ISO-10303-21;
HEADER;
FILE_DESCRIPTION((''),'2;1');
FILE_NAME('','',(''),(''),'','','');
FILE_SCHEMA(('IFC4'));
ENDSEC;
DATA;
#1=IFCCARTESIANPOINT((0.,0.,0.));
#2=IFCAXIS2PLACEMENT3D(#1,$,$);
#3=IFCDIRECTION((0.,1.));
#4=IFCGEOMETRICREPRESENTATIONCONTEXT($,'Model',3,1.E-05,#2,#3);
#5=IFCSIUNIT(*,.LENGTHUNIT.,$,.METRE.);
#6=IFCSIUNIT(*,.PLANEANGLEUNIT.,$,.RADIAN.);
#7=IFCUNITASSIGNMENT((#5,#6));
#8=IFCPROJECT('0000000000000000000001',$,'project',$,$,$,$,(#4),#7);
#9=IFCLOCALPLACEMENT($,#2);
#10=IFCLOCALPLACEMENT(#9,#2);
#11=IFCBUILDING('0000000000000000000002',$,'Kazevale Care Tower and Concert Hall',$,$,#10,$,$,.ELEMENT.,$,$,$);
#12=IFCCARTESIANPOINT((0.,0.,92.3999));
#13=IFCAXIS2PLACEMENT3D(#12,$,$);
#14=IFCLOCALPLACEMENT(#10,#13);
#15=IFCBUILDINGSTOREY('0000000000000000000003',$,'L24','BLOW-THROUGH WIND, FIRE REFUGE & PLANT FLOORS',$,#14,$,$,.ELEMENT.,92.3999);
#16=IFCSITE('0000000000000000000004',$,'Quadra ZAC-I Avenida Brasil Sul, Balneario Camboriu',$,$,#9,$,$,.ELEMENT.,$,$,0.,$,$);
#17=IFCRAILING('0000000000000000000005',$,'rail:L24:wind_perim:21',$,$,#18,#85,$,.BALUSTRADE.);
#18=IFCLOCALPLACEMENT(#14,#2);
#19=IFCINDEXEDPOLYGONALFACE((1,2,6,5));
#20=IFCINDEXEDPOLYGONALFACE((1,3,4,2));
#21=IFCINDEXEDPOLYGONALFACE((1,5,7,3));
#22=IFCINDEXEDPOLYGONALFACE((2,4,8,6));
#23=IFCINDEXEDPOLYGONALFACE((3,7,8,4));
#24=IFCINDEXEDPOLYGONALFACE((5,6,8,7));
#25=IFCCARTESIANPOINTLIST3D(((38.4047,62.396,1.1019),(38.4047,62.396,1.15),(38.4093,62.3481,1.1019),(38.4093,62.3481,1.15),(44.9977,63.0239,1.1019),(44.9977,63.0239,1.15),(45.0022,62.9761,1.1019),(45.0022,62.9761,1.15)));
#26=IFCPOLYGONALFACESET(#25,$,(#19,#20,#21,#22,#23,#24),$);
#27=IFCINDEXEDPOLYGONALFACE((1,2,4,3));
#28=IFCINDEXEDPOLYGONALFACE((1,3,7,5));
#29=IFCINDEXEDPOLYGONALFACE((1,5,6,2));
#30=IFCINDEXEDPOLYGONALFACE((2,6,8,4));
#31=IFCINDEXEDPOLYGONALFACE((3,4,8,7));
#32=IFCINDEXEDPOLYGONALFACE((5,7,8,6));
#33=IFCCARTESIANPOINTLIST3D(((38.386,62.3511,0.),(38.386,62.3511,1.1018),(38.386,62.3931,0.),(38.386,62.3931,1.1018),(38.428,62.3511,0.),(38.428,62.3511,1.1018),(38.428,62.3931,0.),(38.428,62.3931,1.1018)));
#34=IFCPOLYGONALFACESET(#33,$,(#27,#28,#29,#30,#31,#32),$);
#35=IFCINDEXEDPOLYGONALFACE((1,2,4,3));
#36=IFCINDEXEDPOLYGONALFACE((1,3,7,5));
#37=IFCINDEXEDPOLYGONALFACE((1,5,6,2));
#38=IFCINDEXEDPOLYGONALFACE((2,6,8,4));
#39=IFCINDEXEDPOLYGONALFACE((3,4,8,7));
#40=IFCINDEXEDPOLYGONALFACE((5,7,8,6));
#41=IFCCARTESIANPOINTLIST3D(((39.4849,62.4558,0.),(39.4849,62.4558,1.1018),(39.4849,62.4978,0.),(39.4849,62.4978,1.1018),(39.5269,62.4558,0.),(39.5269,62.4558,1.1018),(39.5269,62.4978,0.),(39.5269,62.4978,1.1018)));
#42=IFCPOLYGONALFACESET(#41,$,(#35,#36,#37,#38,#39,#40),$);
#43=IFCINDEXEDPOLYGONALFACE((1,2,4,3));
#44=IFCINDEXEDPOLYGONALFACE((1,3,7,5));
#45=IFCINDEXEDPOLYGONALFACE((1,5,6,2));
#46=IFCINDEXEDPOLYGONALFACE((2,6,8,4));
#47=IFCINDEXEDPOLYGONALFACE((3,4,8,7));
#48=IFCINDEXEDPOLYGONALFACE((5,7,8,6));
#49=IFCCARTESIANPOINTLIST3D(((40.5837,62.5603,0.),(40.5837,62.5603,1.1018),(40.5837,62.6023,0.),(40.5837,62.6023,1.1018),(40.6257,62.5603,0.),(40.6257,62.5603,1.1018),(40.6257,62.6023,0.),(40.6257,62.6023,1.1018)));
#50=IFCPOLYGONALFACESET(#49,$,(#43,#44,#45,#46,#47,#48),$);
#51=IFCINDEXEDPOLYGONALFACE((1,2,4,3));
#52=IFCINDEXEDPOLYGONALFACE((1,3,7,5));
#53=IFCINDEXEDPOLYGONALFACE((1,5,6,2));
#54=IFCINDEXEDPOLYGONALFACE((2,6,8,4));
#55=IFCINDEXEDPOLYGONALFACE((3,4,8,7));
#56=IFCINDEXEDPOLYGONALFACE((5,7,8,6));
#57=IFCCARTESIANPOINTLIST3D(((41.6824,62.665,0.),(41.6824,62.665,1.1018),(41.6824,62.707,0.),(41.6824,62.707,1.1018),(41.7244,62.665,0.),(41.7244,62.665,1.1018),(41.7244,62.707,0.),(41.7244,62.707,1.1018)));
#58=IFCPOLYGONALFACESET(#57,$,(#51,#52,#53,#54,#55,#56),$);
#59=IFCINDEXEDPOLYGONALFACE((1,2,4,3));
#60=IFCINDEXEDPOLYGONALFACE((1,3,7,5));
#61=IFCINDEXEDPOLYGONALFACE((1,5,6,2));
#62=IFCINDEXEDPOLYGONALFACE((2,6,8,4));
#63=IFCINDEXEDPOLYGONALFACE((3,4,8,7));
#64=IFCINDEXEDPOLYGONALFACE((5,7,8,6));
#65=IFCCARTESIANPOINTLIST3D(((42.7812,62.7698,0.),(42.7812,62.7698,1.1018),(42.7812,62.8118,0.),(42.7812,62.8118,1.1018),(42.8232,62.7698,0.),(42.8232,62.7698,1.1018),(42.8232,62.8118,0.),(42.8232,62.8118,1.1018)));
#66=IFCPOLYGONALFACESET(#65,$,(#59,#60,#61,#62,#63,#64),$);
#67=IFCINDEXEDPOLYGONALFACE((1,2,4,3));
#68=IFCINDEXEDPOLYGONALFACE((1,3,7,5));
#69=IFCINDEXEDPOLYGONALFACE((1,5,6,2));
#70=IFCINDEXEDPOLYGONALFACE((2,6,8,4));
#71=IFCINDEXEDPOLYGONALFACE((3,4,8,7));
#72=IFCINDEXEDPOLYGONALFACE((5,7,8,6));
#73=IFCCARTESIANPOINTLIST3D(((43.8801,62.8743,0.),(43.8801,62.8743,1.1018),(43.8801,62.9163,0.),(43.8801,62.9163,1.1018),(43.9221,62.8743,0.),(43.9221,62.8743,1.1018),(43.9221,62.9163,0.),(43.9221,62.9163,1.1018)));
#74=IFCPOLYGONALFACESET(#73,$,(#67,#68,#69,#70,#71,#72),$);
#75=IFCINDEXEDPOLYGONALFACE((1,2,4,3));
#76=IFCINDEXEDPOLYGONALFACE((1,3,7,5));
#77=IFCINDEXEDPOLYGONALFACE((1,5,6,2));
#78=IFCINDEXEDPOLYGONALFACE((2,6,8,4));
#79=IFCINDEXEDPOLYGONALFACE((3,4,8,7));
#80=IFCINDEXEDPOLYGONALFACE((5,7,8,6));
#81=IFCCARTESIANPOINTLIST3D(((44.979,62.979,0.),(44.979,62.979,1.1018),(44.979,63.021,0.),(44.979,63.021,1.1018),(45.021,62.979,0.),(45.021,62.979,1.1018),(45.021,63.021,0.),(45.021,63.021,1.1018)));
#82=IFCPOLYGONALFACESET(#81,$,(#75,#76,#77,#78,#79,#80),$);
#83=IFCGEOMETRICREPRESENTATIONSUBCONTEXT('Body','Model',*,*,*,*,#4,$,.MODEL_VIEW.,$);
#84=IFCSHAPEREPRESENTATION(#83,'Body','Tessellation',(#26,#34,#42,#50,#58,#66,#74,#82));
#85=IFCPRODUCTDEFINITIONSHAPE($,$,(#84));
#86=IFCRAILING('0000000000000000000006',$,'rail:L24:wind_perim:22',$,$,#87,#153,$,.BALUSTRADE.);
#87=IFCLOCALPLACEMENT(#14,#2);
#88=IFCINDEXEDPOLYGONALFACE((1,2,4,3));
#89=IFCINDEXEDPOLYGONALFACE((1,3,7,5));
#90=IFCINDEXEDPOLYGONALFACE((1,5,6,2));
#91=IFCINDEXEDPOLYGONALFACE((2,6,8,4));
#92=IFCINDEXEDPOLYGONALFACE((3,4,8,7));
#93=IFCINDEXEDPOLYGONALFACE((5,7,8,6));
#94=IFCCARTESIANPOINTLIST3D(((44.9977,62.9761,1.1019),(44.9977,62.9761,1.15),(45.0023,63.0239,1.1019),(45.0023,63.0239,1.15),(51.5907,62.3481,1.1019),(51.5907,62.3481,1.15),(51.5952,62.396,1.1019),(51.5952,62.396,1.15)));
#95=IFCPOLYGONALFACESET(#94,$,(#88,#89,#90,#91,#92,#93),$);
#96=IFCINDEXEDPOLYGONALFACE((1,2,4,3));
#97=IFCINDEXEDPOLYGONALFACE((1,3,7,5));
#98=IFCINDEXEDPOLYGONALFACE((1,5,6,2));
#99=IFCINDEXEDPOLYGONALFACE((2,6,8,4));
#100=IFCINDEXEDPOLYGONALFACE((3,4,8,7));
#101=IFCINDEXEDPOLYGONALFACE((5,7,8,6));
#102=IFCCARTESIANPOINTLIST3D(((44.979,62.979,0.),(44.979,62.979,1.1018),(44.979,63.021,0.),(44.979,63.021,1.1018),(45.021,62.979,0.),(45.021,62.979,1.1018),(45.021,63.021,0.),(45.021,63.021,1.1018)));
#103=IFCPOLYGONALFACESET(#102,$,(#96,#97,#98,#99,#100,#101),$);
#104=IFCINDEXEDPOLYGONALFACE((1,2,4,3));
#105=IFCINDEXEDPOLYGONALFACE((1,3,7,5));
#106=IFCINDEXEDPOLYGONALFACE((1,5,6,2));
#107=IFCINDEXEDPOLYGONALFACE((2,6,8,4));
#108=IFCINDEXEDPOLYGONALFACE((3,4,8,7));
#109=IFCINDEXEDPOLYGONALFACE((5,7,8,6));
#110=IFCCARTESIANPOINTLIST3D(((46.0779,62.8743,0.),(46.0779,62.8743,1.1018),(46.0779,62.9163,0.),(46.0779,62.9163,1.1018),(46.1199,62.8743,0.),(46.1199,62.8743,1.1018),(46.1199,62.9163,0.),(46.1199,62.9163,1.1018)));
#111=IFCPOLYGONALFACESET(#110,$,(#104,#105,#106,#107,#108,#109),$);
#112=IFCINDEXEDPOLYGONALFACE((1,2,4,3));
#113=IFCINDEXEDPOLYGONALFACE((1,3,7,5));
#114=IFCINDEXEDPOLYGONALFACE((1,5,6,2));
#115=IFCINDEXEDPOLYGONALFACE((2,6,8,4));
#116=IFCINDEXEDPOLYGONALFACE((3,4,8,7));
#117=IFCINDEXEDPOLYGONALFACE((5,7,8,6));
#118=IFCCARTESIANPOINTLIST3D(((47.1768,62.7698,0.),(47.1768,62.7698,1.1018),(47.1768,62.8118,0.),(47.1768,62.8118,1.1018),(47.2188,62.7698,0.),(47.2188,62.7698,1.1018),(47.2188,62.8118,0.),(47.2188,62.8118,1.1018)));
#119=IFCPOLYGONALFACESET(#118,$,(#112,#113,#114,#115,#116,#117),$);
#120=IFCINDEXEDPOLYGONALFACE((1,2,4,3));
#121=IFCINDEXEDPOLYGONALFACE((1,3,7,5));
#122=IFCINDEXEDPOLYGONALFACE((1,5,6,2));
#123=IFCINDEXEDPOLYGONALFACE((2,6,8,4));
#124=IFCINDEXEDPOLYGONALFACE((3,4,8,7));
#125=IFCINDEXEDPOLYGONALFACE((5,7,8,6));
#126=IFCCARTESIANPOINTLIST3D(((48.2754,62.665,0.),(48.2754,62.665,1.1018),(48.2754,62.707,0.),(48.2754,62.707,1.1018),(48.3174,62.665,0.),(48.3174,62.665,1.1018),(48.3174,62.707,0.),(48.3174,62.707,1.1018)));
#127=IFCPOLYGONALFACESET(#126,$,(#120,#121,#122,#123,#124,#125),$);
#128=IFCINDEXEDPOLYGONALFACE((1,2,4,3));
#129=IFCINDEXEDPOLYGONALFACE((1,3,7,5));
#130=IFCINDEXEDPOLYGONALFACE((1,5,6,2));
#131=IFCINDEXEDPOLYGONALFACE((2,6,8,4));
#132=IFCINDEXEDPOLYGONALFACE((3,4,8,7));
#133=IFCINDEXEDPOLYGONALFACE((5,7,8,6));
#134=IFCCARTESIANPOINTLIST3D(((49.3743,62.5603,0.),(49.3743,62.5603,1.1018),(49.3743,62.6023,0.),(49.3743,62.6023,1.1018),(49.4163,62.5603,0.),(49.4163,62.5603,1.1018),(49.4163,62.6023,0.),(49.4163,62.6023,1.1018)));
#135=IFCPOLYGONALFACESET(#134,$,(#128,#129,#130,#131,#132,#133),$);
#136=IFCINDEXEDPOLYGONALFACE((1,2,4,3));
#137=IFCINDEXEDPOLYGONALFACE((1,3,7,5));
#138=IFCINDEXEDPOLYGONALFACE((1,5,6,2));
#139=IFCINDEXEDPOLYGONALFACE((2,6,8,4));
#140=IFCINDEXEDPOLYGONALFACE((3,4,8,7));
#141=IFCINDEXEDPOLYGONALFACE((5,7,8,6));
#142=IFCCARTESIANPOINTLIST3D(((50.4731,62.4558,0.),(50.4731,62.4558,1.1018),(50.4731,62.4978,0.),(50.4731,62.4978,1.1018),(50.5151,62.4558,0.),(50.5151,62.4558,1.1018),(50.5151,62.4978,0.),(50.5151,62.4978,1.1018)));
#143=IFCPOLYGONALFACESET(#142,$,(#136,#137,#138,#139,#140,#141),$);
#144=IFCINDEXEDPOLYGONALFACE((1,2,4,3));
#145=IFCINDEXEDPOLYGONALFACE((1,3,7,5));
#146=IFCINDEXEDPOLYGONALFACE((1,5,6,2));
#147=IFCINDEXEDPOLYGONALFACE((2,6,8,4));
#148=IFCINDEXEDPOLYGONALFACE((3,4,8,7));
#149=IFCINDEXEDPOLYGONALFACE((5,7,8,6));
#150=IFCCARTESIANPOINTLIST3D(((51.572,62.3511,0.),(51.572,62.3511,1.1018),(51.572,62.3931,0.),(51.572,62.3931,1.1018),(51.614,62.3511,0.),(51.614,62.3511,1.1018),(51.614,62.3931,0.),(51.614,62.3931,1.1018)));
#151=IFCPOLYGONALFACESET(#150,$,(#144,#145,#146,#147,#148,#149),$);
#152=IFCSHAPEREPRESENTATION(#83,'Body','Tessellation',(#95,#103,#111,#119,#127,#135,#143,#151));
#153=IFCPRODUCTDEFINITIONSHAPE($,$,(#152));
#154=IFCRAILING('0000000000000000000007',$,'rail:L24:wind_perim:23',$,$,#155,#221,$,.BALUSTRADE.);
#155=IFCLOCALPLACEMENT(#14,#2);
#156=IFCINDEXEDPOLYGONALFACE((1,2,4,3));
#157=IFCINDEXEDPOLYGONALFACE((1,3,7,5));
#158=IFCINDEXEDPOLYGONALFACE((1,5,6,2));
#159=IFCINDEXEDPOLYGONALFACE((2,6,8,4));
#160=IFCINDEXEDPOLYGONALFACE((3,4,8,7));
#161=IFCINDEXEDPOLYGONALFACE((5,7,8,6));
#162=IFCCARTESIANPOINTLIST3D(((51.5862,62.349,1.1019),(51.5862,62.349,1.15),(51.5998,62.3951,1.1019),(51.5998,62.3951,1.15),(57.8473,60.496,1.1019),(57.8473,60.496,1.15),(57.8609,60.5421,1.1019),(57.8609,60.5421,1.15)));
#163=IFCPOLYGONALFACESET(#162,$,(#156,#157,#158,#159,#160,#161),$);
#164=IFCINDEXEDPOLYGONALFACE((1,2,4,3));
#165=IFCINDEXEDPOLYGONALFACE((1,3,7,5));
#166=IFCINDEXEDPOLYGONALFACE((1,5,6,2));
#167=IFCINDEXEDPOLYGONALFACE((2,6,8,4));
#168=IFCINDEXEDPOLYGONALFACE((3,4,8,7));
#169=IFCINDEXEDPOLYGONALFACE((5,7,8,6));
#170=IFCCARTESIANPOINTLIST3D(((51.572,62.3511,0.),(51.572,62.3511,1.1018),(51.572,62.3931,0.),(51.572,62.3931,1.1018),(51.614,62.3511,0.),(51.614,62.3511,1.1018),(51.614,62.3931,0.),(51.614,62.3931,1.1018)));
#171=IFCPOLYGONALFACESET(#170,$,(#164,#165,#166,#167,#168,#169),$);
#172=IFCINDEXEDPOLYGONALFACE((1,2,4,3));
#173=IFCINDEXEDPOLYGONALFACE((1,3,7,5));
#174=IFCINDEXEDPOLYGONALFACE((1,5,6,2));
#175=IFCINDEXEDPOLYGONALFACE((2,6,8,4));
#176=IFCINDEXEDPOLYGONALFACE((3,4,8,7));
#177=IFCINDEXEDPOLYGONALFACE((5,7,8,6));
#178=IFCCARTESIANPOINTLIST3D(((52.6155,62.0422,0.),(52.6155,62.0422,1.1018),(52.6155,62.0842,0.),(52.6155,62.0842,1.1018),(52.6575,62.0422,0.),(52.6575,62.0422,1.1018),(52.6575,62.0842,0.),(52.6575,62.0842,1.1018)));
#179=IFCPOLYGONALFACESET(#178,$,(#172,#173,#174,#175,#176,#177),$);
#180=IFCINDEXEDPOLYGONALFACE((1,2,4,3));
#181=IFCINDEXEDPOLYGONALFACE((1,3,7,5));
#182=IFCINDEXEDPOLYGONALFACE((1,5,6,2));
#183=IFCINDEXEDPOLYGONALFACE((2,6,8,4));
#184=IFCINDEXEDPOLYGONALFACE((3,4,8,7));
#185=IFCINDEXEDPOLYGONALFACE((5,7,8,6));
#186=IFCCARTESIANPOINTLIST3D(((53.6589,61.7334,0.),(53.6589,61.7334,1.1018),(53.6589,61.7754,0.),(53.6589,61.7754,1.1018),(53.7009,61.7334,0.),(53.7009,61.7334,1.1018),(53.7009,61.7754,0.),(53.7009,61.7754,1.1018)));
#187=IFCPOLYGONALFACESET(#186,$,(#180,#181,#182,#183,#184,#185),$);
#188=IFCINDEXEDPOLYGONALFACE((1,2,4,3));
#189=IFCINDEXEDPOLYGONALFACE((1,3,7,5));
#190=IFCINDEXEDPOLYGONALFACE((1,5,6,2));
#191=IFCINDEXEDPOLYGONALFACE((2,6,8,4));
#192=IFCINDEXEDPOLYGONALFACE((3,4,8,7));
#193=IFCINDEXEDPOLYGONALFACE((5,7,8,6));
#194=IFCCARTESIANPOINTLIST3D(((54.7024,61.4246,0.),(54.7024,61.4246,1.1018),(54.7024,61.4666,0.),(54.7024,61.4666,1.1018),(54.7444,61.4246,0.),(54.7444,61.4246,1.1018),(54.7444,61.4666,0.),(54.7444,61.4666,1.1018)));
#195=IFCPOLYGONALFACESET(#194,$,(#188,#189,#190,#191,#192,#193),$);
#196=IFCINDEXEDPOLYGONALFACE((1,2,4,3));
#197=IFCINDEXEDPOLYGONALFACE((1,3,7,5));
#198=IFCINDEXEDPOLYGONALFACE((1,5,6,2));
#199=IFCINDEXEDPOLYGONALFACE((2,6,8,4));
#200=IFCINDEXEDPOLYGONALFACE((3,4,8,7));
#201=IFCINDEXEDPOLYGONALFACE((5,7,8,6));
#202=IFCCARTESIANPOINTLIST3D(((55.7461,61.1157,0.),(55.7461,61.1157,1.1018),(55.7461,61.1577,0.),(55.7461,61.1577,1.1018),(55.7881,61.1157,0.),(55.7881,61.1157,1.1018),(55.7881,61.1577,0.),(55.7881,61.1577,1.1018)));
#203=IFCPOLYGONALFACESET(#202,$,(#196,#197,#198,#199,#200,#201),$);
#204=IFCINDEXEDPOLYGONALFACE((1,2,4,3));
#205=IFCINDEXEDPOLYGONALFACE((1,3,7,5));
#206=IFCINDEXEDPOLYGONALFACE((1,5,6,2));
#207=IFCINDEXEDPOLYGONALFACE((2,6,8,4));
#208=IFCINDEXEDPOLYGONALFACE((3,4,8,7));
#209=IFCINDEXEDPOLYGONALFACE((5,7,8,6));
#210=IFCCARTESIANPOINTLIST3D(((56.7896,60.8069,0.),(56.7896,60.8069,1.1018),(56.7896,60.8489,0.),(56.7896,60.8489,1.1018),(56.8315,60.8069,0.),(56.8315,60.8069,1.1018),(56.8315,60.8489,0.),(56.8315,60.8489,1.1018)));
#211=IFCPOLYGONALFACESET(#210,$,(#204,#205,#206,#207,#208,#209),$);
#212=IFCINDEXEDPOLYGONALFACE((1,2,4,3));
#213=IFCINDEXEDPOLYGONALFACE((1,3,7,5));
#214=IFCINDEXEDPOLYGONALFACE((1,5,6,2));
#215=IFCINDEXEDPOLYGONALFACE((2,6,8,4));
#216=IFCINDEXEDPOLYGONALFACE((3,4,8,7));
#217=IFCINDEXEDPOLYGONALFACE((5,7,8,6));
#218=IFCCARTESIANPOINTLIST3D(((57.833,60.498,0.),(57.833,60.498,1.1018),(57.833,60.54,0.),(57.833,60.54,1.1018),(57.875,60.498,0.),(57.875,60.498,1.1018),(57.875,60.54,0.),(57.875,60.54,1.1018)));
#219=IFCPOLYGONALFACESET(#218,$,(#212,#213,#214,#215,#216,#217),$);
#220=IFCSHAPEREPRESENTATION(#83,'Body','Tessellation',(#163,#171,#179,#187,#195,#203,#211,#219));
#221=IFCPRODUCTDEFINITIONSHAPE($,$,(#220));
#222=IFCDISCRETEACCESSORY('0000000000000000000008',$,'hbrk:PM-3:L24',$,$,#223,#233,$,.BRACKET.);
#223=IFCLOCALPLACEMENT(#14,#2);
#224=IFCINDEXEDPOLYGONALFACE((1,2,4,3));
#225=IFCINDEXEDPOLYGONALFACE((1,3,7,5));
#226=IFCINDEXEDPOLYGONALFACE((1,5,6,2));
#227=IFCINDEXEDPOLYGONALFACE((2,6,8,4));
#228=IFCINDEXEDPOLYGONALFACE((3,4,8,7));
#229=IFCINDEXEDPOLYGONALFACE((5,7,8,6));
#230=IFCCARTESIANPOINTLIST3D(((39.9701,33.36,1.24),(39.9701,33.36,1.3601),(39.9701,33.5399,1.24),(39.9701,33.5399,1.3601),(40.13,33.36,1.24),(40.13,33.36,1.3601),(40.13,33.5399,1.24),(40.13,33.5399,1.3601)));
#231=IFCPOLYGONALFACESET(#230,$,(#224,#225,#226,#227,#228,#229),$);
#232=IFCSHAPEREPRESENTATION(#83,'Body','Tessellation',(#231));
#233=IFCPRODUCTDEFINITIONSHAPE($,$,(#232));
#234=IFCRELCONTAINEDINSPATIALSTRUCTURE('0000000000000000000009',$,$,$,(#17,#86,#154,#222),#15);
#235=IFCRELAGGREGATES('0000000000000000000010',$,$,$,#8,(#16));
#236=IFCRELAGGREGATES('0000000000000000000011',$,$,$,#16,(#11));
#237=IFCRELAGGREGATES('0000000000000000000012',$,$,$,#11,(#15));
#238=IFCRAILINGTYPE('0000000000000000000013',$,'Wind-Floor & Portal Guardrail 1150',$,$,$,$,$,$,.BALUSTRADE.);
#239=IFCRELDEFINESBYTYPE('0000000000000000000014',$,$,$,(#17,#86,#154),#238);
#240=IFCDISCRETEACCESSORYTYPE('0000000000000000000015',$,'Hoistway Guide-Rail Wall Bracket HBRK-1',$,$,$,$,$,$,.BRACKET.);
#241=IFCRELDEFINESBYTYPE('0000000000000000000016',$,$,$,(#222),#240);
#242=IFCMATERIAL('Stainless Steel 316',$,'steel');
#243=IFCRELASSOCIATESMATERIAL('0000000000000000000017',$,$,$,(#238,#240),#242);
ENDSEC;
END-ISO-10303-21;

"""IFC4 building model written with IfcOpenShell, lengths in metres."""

from ifc_helpers import new_model, si_unit, direction, frame, origin, origin_2d, place, context, subcontext, project, spatial, rectangle, extrude, material, type_object, element, save


model = new_model("IFC4")

# Units and contexts
model_context = context("Model", 3, precision=1e-05, world=origin(), true_north=direction((0.0, 1.0)))
body_context = subcontext(model_context, "Body", "Model", "MODEL_VIEW")
ifc_project = project(units=[si_unit("LENGTHUNIT", "METRE"), si_unit("PLANEANGLEUNIT", "RADIAN")], contexts=[model_context])

# Site, building, storey
site_placement = place(None, origin())
site = spatial("IfcSite", under=ifc_project, at=site_placement, Name="Quadra ZAC-I Avenida Brasil Sul, Balneario Camboriu", CompositionType="ELEMENT", RefElevation=0.0)
building_placement = place(site_placement, origin())
building = spatial("IfcBuilding", under=site, at=building_placement, Name="Kazevale Care Tower and Concert Hall", CompositionType="ELEMENT")
storey_placement = place(building_placement, frame((0.0, 0.0, 92.3999)))
storey = spatial("IfcBuildingStorey", under=building, at=storey_placement, Name="L24", Description="BLOW-THROUGH WIND, FIRE REFUGE & PLANT FLOORS", CompositionType="ELEMENT", Elevation=92.3999)

# Railings
ifc_material_1 = material(Name="Stainless Steel 316", Category="steel")
railing_type = type_object("IfcRailingType", Name="Wind-Floor & Portal Guardrail 1150", PredefinedType="BALUSTRADE", material=ifc_material_1)
railing_1_placement = place(storey_placement, frame((38.407, 62.3721, 0.0)))
element("IfcRailing", 1, at=railing_1_placement, inside=storey, type_object=railing_type, Name="rail:L24:wind_perim:21", PredefinedType="BALUSTRADE", context=body_context, shape_type="SweptSolid", body=[
    extrude(rectangle(XDim=0.0481, YDim=0.0481, at=origin_2d()), frame((0.0, 0.0, 1.126), z_axis=(0.995495, 0.094813, 0.0), x_axis=(-0.094813, 0.995495, 0.0)), (0.0, 0.0, 1.0), 6.6228),
    extrude(rectangle(XDim=0.042, YDim=0.042, at=origin_2d()), origin(), (0.0, 0.0, 1.0), 1.1018),
    extrude(rectangle(XDim=0.042, YDim=0.042, at=origin_2d()), frame((1.0989, 0.1047, 0.0)), (0.0, 0.0, 1.0), 1.1018),
    extrude(rectangle(XDim=0.042, YDim=0.042, at=origin_2d()), frame((2.1978, 0.2092, 0.0)), (0.0, 0.0, 1.0), 1.1018),
    extrude(rectangle(XDim=0.042, YDim=0.042, at=origin_2d()), frame((3.2964, 0.314, 0.0)), (0.0, 0.0, 1.0), 1.1018),
    extrude(rectangle(XDim=0.042, YDim=0.042, at=origin_2d()), frame((4.3953, 0.4187, 0.0)), (0.0, 0.0, 1.0), 1.1018),
    extrude(rectangle(XDim=0.042, YDim=0.042, at=origin_2d()), frame((5.4941, 0.5232, 0.0)), (0.0, 0.0, 1.0), 1.1018),
    extrude(rectangle(XDim=0.042, YDim=0.042, at=origin_2d()), frame((6.593, 0.6279, 0.0)), (0.0, 0.0, 1.0), 1.1018),
])
railing_2_placement = place(storey_placement, frame((45.0, 63.0, 0.0)))
element("IfcRailing", 2, at=railing_2_placement, inside=storey, type_object=railing_type, Name="rail:L24:wind_perim:22", PredefinedType="BALUSTRADE", context=body_context, shape_type="SweptSolid", body=[
    extrude(rectangle(XDim=0.0481, YDim=0.0481, at=origin_2d()), frame((0.0, 0.0, 1.126), z_axis=(0.995495, -0.094813, 0.0), x_axis=(0.094813, 0.995495, 0.0)), (0.0, 0.0, 1.0), 6.6228),
    extrude(rectangle(XDim=0.042, YDim=0.042, at=origin_2d()), origin(), (0.0, 0.0, 1.0), 1.1018),
    extrude(rectangle(XDim=0.042, YDim=0.042, at=origin_2d()), frame((1.0989, -0.1047, 0.0)), (0.0, 0.0, 1.0), 1.1018),
    extrude(rectangle(XDim=0.042, YDim=0.042, at=origin_2d()), frame((2.1978, -0.2092, 0.0)), (0.0, 0.0, 1.0), 1.1018),
    extrude(rectangle(XDim=0.042, YDim=0.042, at=origin_2d()), frame((3.2964, -0.314, 0.0)), (0.0, 0.0, 1.0), 1.1018),
    extrude(rectangle(XDim=0.042, YDim=0.042, at=origin_2d()), frame((4.3953, -0.4187, 0.0)), (0.0, 0.0, 1.0), 1.1018),
    extrude(rectangle(XDim=0.042, YDim=0.042, at=origin_2d()), frame((5.4941, -0.5232, 0.0)), (0.0, 0.0, 1.0), 1.1018),
    extrude(rectangle(XDim=0.042, YDim=0.042, at=origin_2d()), frame((6.593, -0.6279, 0.0)), (0.0, 0.0, 1.0), 1.1018),
])
railing_3_placement = place(storey_placement, frame((51.593, 62.3721, 0.0)))
element("IfcRailing", 3, at=railing_3_placement, inside=storey, type_object=railing_type, Name="rail:L24:wind_perim:23", PredefinedType="BALUSTRADE", context=body_context, shape_type="SweptSolid", body=[
    extrude(rectangle(XDim=0.0481, YDim=0.0481, at=origin_2d()), frame((0.0, 0.0, 1.126), z_axis=(0.958885, -0.283796, 0.0), x_axis=(0.283796, 0.958885, 0.0)), (0.0, 0.0, 1.0), 6.5295),
    extrude(rectangle(XDim=0.042, YDim=0.042, at=origin_2d()), origin(), (0.0, 0.0, 1.0), 1.1018),
    extrude(rectangle(XDim=0.042, YDim=0.042, at=origin_2d()), frame((1.0435, -0.3088, 0.0)), (0.0, 0.0, 1.0), 1.1018),
    extrude(rectangle(XDim=0.042, YDim=0.042, at=origin_2d()), frame((2.0869, -0.6177, 0.0)), (0.0, 0.0, 1.0), 1.1018),
    extrude(rectangle(XDim=0.042, YDim=0.042, at=origin_2d()), frame((3.1304, -0.9265, 0.0)), (0.0, 0.0, 1.0), 1.1018),
    extrude(rectangle(XDim=0.042, YDim=0.042, at=origin_2d()), frame((4.1741, -1.2354, 0.0)), (0.0, 0.0, 1.0), 1.1018),
    extrude(rectangle(XDim=0.042, YDim=0.042, at=origin_2d()), frame((5.2175, -1.5442, 0.0)), (0.0, 0.0, 1.0), 1.1018),
    extrude(rectangle(XDim=0.042, YDim=0.042, at=origin_2d()), frame((6.261, -1.853, 0.0)), (0.0, 0.0, 1.0), 1.1018),
])

# Discrete accessory
discrete_accessory_type = type_object("IfcDiscreteAccessoryType", Name="Hoistway Guide-Rail Wall Bracket HBRK-1", PredefinedType="BRACKET", material=ifc_material_1)
discrete_accessory_placement = place(storey_placement, frame((40.05, 33.45, 1.24), z_axis=(0.0, 0.0, 1.0), x_axis=(1.0, 0.0, 0.0)))
element("IfcDiscreteAccessory", 4, at=discrete_accessory_placement, inside=storey, type_object=discrete_accessory_type, Name="hbrk:PM-3:L24", PredefinedType="BRACKET", context=body_context, shape_type="SweptSolid", body=[
    extrude(rectangle(XDim=0.1599, YDim=0.1799, at=origin_2d()), origin(), (0.0, 0.0, 1.0), 0.1201),
])

save(model, "model.ifc")
